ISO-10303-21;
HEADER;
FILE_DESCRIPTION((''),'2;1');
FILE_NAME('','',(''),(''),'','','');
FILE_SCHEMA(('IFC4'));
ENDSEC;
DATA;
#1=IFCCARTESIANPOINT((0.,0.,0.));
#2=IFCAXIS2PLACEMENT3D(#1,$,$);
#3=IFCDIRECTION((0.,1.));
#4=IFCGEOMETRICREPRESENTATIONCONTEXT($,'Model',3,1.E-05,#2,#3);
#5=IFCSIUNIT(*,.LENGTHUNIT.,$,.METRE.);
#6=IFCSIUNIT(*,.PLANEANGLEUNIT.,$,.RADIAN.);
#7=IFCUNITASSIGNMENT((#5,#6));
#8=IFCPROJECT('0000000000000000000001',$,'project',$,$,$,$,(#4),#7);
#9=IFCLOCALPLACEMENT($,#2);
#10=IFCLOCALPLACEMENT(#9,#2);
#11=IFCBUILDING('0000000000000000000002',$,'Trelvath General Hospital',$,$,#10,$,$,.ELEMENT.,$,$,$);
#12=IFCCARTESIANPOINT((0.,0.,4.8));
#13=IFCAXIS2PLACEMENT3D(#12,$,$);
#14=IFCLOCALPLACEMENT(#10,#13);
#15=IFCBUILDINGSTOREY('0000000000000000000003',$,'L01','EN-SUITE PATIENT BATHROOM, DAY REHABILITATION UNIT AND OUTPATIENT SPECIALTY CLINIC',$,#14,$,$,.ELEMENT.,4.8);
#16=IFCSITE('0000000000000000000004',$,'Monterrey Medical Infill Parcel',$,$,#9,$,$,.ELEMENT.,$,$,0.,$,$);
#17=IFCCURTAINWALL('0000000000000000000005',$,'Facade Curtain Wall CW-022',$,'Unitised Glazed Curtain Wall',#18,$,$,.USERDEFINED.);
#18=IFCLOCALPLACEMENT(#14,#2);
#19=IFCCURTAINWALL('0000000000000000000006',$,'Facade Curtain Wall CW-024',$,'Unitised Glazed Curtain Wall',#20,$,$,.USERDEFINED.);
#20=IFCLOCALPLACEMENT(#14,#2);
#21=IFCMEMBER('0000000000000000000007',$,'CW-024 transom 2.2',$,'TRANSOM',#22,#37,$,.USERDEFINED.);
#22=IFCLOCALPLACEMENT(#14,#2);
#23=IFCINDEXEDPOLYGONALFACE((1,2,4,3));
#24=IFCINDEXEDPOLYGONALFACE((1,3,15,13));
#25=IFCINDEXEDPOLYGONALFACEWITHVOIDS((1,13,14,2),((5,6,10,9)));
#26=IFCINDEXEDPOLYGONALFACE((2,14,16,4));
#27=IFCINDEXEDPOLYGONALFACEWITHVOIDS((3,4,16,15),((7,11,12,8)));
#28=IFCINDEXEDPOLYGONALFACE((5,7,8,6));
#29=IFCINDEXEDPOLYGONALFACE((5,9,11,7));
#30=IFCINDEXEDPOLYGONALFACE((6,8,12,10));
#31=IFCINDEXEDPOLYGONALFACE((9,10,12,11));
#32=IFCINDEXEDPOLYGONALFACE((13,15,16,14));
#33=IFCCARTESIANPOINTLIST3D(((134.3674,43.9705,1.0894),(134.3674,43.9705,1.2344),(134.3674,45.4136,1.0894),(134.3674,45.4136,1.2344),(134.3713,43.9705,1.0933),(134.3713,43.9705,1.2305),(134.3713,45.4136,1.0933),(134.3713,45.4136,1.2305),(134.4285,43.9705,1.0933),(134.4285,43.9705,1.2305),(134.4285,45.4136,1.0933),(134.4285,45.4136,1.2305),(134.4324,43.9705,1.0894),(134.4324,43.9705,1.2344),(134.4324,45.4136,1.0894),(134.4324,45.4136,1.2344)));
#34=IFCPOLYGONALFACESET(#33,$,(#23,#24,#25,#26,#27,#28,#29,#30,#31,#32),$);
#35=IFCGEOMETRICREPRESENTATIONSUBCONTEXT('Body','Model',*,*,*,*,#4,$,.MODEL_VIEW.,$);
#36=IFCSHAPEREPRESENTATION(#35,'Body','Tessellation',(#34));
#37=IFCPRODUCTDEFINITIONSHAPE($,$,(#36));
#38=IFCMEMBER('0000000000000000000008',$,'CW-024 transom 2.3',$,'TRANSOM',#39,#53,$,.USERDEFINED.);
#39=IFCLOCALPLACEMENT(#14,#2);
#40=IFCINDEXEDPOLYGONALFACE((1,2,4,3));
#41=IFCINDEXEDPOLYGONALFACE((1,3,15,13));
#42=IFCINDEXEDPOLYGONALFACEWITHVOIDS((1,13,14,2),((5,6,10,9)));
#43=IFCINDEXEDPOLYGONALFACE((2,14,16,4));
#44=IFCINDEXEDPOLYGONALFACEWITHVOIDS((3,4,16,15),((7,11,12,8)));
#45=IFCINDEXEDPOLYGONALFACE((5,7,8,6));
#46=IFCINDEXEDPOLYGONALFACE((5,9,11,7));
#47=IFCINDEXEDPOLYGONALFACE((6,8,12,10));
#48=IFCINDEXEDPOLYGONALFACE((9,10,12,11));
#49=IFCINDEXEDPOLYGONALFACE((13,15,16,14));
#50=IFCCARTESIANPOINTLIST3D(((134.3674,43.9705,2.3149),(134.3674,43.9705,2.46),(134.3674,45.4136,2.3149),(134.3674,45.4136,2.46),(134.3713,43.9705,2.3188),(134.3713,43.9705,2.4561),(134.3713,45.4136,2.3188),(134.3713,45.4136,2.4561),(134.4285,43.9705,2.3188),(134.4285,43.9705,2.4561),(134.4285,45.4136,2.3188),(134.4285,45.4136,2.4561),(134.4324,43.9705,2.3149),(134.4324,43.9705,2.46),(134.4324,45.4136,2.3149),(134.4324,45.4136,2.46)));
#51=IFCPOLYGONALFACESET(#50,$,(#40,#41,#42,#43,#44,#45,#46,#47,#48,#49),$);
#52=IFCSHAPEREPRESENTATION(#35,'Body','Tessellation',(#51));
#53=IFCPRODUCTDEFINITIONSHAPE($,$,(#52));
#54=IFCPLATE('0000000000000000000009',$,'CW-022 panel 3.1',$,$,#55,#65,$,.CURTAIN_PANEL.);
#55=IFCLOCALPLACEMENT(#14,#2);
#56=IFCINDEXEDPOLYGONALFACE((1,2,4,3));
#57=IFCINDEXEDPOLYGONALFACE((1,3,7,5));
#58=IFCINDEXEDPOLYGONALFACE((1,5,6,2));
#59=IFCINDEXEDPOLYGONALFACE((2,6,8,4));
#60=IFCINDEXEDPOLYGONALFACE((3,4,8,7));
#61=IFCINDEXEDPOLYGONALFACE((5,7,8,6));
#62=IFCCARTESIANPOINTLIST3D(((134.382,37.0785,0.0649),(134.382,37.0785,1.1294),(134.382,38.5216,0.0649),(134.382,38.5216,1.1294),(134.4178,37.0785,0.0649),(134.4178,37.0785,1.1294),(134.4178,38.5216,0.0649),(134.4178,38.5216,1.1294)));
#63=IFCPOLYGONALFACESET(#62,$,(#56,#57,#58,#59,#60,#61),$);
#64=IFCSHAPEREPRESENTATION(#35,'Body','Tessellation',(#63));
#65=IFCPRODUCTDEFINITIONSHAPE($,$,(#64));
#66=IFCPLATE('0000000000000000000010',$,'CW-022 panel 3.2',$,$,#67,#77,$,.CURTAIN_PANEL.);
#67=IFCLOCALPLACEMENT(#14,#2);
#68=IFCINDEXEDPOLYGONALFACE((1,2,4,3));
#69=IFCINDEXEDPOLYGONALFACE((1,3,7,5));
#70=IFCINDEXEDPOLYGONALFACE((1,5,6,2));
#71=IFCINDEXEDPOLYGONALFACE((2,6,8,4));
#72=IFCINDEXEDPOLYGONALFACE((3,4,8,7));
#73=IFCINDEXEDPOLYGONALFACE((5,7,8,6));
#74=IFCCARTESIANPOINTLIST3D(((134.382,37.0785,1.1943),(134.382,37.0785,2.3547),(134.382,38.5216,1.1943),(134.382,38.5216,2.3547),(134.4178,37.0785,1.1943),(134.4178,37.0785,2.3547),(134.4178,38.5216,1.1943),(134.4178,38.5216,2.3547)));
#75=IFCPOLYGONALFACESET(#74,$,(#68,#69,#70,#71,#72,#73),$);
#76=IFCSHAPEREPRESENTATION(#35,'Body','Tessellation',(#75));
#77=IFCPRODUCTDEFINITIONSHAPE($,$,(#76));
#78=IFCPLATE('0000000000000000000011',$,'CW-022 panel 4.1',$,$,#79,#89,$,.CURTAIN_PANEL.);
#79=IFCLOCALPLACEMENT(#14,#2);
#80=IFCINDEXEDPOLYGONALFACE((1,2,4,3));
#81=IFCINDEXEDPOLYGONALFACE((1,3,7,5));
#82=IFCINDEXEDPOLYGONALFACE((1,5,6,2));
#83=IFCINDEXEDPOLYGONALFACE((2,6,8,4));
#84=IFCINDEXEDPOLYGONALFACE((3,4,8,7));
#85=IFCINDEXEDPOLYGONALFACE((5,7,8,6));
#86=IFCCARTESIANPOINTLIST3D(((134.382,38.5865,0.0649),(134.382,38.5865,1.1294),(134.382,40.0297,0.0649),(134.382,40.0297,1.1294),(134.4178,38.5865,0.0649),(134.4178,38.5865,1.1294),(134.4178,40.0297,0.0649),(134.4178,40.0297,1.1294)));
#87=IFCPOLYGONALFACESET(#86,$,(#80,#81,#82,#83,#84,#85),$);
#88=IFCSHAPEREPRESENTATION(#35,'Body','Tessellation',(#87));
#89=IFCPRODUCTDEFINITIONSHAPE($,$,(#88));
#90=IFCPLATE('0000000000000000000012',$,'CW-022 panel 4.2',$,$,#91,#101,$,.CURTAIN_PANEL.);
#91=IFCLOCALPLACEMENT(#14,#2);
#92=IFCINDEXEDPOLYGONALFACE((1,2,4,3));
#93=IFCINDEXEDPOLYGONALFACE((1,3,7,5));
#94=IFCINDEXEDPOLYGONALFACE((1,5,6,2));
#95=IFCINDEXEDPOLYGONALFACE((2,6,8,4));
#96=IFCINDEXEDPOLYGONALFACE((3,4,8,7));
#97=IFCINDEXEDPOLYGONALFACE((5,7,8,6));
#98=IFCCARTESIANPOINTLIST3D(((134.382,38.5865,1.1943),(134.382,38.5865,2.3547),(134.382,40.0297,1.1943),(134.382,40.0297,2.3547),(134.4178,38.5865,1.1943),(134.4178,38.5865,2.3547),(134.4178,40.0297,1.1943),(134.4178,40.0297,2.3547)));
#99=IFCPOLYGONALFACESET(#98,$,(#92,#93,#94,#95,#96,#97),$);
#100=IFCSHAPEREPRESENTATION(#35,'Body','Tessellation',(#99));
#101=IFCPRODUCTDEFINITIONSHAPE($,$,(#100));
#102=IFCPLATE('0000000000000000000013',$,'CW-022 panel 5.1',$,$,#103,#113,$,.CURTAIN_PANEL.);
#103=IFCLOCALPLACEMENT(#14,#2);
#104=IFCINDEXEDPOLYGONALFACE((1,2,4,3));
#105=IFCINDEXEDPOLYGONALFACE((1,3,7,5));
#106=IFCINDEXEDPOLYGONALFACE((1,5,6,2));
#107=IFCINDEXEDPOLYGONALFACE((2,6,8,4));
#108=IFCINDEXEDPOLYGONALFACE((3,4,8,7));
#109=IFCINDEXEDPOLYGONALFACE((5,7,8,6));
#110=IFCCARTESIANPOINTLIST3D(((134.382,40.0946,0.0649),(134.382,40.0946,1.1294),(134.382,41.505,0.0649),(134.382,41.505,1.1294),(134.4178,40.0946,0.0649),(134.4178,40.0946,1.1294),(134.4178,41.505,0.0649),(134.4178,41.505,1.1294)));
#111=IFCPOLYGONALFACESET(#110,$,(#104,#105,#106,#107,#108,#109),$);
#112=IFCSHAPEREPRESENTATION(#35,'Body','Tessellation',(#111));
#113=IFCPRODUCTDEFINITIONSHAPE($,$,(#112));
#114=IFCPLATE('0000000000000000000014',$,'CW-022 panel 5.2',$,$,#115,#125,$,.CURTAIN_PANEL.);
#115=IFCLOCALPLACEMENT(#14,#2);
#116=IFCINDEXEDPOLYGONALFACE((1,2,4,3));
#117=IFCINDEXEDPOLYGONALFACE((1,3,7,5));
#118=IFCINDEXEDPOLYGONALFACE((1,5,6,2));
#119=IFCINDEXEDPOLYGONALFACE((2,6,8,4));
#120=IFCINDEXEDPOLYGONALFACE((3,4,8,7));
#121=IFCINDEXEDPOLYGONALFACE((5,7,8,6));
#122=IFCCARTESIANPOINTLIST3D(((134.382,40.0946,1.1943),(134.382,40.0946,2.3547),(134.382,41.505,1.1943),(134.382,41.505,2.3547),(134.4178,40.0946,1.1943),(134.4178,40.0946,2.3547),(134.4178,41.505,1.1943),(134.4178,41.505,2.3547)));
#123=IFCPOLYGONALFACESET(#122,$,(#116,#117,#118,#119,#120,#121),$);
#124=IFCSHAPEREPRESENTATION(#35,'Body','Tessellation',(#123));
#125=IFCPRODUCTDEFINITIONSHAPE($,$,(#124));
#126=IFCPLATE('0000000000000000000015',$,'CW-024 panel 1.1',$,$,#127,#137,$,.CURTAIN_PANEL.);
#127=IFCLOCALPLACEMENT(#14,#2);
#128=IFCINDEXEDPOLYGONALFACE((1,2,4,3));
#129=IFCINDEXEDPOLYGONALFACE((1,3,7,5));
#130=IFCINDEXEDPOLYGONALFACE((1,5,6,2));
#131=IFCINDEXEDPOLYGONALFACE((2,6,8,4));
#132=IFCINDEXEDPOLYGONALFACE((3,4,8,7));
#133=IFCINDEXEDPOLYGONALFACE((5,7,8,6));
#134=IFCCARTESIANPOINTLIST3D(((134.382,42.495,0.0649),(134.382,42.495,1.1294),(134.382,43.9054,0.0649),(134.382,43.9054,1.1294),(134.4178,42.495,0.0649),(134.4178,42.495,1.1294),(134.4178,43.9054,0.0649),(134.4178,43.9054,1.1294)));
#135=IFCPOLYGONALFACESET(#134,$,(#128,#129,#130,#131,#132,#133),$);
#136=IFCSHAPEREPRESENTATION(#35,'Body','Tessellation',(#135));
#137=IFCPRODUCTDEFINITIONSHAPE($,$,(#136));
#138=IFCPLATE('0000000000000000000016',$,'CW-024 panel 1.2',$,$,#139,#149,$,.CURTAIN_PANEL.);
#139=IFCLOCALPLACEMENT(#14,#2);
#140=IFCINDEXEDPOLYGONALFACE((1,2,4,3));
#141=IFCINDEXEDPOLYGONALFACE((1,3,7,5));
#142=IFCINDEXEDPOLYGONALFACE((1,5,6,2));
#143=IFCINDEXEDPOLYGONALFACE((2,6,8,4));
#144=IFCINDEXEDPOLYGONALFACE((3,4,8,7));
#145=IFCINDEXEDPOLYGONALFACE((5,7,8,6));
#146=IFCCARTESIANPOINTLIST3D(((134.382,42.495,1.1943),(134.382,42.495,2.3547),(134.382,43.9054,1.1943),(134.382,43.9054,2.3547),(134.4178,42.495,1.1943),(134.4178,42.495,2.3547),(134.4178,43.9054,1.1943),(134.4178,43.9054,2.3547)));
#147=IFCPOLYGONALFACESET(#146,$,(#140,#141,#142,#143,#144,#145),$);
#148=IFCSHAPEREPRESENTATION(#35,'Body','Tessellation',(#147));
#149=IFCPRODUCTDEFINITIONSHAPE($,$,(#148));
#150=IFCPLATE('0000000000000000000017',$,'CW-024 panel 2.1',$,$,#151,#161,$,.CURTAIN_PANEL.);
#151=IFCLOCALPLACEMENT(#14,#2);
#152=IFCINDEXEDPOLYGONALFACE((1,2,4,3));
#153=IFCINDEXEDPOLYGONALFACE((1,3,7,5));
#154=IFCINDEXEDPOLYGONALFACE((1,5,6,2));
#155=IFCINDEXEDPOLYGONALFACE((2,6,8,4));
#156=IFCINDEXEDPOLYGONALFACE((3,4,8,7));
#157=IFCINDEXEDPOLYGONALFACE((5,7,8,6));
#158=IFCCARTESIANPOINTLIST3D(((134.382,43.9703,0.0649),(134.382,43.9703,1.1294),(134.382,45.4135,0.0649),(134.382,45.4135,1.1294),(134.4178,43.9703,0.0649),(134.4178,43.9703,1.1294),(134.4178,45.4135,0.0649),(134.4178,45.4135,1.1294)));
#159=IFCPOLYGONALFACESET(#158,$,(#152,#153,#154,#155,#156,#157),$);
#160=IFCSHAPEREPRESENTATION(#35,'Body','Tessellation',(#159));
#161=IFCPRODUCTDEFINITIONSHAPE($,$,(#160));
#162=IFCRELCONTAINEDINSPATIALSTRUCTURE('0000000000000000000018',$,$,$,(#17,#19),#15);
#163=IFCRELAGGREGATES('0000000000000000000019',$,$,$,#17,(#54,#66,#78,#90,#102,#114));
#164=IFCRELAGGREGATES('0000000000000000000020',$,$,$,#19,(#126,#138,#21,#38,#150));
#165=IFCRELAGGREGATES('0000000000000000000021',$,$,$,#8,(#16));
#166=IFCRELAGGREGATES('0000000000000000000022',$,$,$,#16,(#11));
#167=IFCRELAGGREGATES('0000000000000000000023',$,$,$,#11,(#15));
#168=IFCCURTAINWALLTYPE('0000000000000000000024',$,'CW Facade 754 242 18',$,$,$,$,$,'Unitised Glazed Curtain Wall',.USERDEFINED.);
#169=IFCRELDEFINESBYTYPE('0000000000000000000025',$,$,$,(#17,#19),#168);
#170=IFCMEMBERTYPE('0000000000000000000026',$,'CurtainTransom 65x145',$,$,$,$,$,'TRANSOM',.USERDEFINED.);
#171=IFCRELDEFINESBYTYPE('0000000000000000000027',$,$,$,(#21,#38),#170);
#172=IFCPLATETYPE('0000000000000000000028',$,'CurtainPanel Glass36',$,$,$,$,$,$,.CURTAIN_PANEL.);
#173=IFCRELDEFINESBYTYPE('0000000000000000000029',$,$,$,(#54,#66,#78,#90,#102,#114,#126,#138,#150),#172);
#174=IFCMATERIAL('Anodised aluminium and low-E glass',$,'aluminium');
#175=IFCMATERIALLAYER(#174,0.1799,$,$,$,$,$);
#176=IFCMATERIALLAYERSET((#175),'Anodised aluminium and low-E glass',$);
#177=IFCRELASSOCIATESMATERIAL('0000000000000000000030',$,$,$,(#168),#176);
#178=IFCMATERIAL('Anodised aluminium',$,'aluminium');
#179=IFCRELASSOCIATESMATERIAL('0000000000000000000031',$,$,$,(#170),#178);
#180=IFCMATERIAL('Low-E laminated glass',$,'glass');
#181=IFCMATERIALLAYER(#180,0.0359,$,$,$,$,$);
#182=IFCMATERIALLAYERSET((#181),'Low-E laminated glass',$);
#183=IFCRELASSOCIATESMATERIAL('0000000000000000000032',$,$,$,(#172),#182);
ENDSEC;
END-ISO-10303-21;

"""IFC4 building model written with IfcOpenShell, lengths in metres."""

from ifc_helpers import new_model, si_unit, direction, frame, origin, origin_2d, place, context, subcontext, project, spatial, rectangle, hollow_rectangle, extrude, material, layer, layer_set, material_profile, profile_set, type_object, element, aggregate, save


model = new_model("IFC4")

# Units and contexts
model_context = context("Model", 3, precision=1e-05, world=origin(), true_north=direction((0.0, 1.0)))
body_context = subcontext(model_context, "Body", "Model", "MODEL_VIEW")
ifc_project = project(units=[si_unit("LENGTHUNIT", "METRE"), si_unit("PLANEANGLEUNIT", "RADIAN")], contexts=[model_context])

# Site, building, storey
site_placement = place(None, origin())
site = spatial("IfcSite", under=ifc_project, at=site_placement, Name="Monterrey Medical Infill Parcel", CompositionType="ELEMENT", RefElevation=0.0)
building_placement = place(site_placement, origin())
building = spatial("IfcBuilding", under=site, at=building_placement, Name="Trelvath General Hospital", CompositionType="ELEMENT")
storey_placement = place(building_placement, frame((0.0, 0.0, 4.8)))
storey = spatial("IfcBuildingStorey", under=building, at=storey_placement, Name="L01", Description="EN-SUITE PATIENT BATHROOM, DAY REHABILITATION UNIT AND OUTPATIENT SPECIALTY CLINIC", CompositionType="ELEMENT", Elevation=4.8)

# Curtain walls
ifc_material_1 = material(Name="Anodised aluminium and low-E glass", Category="aluminium")
ifc_layer_1 = layer(ifc_material_1, 0.1799)
ifc_layer_set_1 = layer_set([ifc_layer_1], Name="Anodised aluminium and low-E glass")
curtain_wall_type = type_object("IfcCurtainWallType", Name="CW Facade 754 242 18", ElementType="Unitised Glazed Curtain Wall", PredefinedType="USERDEFINED", material=ifc_layer_set_1)
curtain_wall_1_placement = place(storey_placement, origin())
curtain_wall_1 = element("IfcCurtainWall", 1, at=curtain_wall_1_placement, inside=storey, type_object=curtain_wall_type, Name="Facade Curtain Wall CW-022", ObjectType="Unitised Glazed Curtain Wall", PredefinedType="USERDEFINED")
curtain_wall_2_placement = place(storey_placement, origin())
curtain_wall_2 = element("IfcCurtainWall", 2, at=curtain_wall_2_placement, inside=storey, type_object=curtain_wall_type, Name="Facade Curtain Wall CW-024", ObjectType="Unitised Glazed Curtain Wall", PredefinedType="USERDEFINED")

# Members
ifc_material_2 = material(Name="Anodised aluminium", Category="aluminium")
ifc_material_profile_1 = material_profile(ifc_material_2, hollow_rectangle(XDim=0.0649, YDim=0.145, WallThickness=0.0039, at=origin_2d()), Name="RHS65x145x4")
ifc_profile_set_1 = profile_set([ifc_material_profile_1], Name="Anodised aluminium")
member_type_1 = type_object("IfcMemberType", Name="CurtainTransom 65x145", ElementType="TRANSOM", PredefinedType="USERDEFINED", material=ifc_profile_set_1)
member_1_placement = place(storey_placement, frame((134.3999, 43.9705, 1.1619), z_axis=(0.0, 1.0, 0.0), x_axis=(-1.0, 0.0, 0.0)))
member_1 = element("IfcMember", 3, at=member_1_placement, type_object=member_type_1, Name="CW-024 transom 2.2", ObjectType="TRANSOM", PredefinedType="USERDEFINED", context=body_context, shape_type="SweptSolid", body=[
    extrude(hollow_rectangle(XDim=0.0649, YDim=0.145, WallThickness=0.0039, at=origin_2d()), origin(), (0.0, 0.0, 1.0), 1.4431),
])
member_2_placement = place(storey_placement, frame((134.3999, 43.9705, 2.3875), z_axis=(0.0, 1.0, 0.0), x_axis=(-1.0, 0.0, 0.0)))
member_2 = element("IfcMember", 4, at=member_2_placement, type_object=member_type_1, Name="CW-024 transom 2.3", ObjectType="TRANSOM", PredefinedType="USERDEFINED", context=body_context, shape_type="SweptSolid", body=[
    extrude(hollow_rectangle(XDim=0.0649, YDim=0.145, WallThickness=0.0039, at=origin_2d()), origin(), (0.0, 0.0, 1.0), 1.4431),
])

# Plates
ifc_material_3 = material(Name="Low-E laminated glass", Category="glass")
ifc_layer_2 = layer(ifc_material_3, 0.0359)
ifc_layer_set_2 = layer_set([ifc_layer_2], Name="Low-E laminated glass")
plate_type = type_object("IfcPlateType", Name="CurtainPanel Glass36", PredefinedType="CURTAIN_PANEL", material=ifc_layer_set_2)
plate_1_placement = place(storey_placement, frame((134.3999, 37.8, 0.0649), z_axis=(0.0, 0.0, 1.0), x_axis=(0.0, 1.0, 0.0)))
plate_1 = element("IfcPlate", 5, at=plate_1_placement, type_object=plate_type, Name="CW-022 panel 3.1", PredefinedType="CURTAIN_PANEL", context=body_context, shape_type="SweptSolid", body=[
    extrude(rectangle(XDim=1.4431, YDim=0.0359, at=origin_2d()), origin(), (0.0, 0.0, 1.0), 1.0645),
])
plate_2_placement = place(storey_placement, frame((134.3999, 37.8, 1.1943), z_axis=(0.0, 0.0, 1.0), x_axis=(0.0, 1.0, 0.0)))
plate_2 = element("IfcPlate", 6, at=plate_2_placement, type_object=plate_type, Name="CW-022 panel 3.2", PredefinedType="CURTAIN_PANEL", context=body_context, shape_type="SweptSolid", body=[
    extrude(rectangle(XDim=1.4431, YDim=0.0359, at=origin_2d()), origin(), (0.0, 0.0, 1.0), 1.1604),
])
plate_3_placement = place(storey_placement, frame((134.3999, 39.3081, 0.0649), z_axis=(0.0, 0.0, 1.0), x_axis=(0.0, 1.0, 0.0)))
plate_3 = element("IfcPlate", 7, at=plate_3_placement, type_object=plate_type, Name="CW-022 panel 4.1", PredefinedType="CURTAIN_PANEL", context=body_context, shape_type="SweptSolid", body=[
    extrude(rectangle(XDim=1.4431, YDim=0.0359, at=origin_2d()), origin(), (0.0, 0.0, 1.0), 1.0645),
])
plate_4_placement = place(storey_placement, frame((134.3999, 39.3081, 1.1943), z_axis=(0.0, 0.0, 1.0), x_axis=(0.0, 1.0, 0.0)))
plate_4 = element("IfcPlate", 8, at=plate_4_placement, type_object=plate_type, Name="CW-022 panel 4.2", PredefinedType="CURTAIN_PANEL", context=body_context, shape_type="SweptSolid", body=[
    extrude(rectangle(XDim=1.4431, YDim=0.0359, at=origin_2d()), origin(), (0.0, 0.0, 1.0), 1.1604),
])
plate_5_placement = place(storey_placement, frame((134.3999, 40.7998, 0.0649), z_axis=(0.0, 0.0, 1.0), x_axis=(0.0, 1.0, 0.0)))
plate_5 = element("IfcPlate", 9, at=plate_5_placement, type_object=plate_type, Name="CW-022 panel 5.1", PredefinedType="CURTAIN_PANEL", context=body_context, shape_type="SweptSolid", body=[
    extrude(rectangle(XDim=1.4104, YDim=0.0359, at=origin_2d()), origin(), (0.0, 0.0, 1.0), 1.0645),
])
plate_6_placement = place(storey_placement, frame((134.3999, 40.7998, 1.1943), z_axis=(0.0, 0.0, 1.0), x_axis=(0.0, 1.0, 0.0)))
plate_6 = element("IfcPlate", 10, at=plate_6_placement, type_object=plate_type, Name="CW-022 panel 5.2", PredefinedType="CURTAIN_PANEL", context=body_context, shape_type="SweptSolid", body=[
    extrude(rectangle(XDim=1.4104, YDim=0.0359, at=origin_2d()), origin(), (0.0, 0.0, 1.0), 1.1604),
])
aggregate(curtain_wall_1, [plate_1, plate_2, plate_3, plate_4, plate_5, plate_6])
plate_7_placement = place(storey_placement, frame((134.3999, 43.2002, 0.0649), z_axis=(0.0, 0.0, 1.0), x_axis=(0.0, 1.0, 0.0)))
plate_7 = element("IfcPlate", 11, at=plate_7_placement, type_object=plate_type, Name="CW-024 panel 1.1", PredefinedType="CURTAIN_PANEL", context=body_context, shape_type="SweptSolid", body=[
    extrude(rectangle(XDim=1.4104, YDim=0.0359, at=origin_2d()), origin(), (0.0, 0.0, 1.0), 1.0645),
])
plate_8_placement = place(storey_placement, frame((134.3999, 43.2002, 1.1943), z_axis=(0.0, 0.0, 1.0), x_axis=(0.0, 1.0, 0.0)))
plate_8 = element("IfcPlate", 12, at=plate_8_placement, type_object=plate_type, Name="CW-024 panel 1.2", PredefinedType="CURTAIN_PANEL", context=body_context, shape_type="SweptSolid", body=[
    extrude(rectangle(XDim=1.4104, YDim=0.0359, at=origin_2d()), origin(), (0.0, 0.0, 1.0), 1.1604),
])
plate_9_placement = place(storey_placement, frame((134.3999, 44.6919, 0.0649), z_axis=(0.0, 0.0, 1.0), x_axis=(0.0, 1.0, 0.0)))
plate_9 = element("IfcPlate", 13, at=plate_9_placement, type_object=plate_type, Name="CW-024 panel 2.1", PredefinedType="CURTAIN_PANEL", context=body_context, shape_type="SweptSolid", body=[
    extrude(rectangle(XDim=1.4431, YDim=0.0359, at=origin_2d()), origin(), (0.0, 0.0, 1.0), 1.0645),
])
aggregate(curtain_wall_2, [plate_7, plate_8, member_1, member_2, plate_9])

save(model, "model.ifc")
